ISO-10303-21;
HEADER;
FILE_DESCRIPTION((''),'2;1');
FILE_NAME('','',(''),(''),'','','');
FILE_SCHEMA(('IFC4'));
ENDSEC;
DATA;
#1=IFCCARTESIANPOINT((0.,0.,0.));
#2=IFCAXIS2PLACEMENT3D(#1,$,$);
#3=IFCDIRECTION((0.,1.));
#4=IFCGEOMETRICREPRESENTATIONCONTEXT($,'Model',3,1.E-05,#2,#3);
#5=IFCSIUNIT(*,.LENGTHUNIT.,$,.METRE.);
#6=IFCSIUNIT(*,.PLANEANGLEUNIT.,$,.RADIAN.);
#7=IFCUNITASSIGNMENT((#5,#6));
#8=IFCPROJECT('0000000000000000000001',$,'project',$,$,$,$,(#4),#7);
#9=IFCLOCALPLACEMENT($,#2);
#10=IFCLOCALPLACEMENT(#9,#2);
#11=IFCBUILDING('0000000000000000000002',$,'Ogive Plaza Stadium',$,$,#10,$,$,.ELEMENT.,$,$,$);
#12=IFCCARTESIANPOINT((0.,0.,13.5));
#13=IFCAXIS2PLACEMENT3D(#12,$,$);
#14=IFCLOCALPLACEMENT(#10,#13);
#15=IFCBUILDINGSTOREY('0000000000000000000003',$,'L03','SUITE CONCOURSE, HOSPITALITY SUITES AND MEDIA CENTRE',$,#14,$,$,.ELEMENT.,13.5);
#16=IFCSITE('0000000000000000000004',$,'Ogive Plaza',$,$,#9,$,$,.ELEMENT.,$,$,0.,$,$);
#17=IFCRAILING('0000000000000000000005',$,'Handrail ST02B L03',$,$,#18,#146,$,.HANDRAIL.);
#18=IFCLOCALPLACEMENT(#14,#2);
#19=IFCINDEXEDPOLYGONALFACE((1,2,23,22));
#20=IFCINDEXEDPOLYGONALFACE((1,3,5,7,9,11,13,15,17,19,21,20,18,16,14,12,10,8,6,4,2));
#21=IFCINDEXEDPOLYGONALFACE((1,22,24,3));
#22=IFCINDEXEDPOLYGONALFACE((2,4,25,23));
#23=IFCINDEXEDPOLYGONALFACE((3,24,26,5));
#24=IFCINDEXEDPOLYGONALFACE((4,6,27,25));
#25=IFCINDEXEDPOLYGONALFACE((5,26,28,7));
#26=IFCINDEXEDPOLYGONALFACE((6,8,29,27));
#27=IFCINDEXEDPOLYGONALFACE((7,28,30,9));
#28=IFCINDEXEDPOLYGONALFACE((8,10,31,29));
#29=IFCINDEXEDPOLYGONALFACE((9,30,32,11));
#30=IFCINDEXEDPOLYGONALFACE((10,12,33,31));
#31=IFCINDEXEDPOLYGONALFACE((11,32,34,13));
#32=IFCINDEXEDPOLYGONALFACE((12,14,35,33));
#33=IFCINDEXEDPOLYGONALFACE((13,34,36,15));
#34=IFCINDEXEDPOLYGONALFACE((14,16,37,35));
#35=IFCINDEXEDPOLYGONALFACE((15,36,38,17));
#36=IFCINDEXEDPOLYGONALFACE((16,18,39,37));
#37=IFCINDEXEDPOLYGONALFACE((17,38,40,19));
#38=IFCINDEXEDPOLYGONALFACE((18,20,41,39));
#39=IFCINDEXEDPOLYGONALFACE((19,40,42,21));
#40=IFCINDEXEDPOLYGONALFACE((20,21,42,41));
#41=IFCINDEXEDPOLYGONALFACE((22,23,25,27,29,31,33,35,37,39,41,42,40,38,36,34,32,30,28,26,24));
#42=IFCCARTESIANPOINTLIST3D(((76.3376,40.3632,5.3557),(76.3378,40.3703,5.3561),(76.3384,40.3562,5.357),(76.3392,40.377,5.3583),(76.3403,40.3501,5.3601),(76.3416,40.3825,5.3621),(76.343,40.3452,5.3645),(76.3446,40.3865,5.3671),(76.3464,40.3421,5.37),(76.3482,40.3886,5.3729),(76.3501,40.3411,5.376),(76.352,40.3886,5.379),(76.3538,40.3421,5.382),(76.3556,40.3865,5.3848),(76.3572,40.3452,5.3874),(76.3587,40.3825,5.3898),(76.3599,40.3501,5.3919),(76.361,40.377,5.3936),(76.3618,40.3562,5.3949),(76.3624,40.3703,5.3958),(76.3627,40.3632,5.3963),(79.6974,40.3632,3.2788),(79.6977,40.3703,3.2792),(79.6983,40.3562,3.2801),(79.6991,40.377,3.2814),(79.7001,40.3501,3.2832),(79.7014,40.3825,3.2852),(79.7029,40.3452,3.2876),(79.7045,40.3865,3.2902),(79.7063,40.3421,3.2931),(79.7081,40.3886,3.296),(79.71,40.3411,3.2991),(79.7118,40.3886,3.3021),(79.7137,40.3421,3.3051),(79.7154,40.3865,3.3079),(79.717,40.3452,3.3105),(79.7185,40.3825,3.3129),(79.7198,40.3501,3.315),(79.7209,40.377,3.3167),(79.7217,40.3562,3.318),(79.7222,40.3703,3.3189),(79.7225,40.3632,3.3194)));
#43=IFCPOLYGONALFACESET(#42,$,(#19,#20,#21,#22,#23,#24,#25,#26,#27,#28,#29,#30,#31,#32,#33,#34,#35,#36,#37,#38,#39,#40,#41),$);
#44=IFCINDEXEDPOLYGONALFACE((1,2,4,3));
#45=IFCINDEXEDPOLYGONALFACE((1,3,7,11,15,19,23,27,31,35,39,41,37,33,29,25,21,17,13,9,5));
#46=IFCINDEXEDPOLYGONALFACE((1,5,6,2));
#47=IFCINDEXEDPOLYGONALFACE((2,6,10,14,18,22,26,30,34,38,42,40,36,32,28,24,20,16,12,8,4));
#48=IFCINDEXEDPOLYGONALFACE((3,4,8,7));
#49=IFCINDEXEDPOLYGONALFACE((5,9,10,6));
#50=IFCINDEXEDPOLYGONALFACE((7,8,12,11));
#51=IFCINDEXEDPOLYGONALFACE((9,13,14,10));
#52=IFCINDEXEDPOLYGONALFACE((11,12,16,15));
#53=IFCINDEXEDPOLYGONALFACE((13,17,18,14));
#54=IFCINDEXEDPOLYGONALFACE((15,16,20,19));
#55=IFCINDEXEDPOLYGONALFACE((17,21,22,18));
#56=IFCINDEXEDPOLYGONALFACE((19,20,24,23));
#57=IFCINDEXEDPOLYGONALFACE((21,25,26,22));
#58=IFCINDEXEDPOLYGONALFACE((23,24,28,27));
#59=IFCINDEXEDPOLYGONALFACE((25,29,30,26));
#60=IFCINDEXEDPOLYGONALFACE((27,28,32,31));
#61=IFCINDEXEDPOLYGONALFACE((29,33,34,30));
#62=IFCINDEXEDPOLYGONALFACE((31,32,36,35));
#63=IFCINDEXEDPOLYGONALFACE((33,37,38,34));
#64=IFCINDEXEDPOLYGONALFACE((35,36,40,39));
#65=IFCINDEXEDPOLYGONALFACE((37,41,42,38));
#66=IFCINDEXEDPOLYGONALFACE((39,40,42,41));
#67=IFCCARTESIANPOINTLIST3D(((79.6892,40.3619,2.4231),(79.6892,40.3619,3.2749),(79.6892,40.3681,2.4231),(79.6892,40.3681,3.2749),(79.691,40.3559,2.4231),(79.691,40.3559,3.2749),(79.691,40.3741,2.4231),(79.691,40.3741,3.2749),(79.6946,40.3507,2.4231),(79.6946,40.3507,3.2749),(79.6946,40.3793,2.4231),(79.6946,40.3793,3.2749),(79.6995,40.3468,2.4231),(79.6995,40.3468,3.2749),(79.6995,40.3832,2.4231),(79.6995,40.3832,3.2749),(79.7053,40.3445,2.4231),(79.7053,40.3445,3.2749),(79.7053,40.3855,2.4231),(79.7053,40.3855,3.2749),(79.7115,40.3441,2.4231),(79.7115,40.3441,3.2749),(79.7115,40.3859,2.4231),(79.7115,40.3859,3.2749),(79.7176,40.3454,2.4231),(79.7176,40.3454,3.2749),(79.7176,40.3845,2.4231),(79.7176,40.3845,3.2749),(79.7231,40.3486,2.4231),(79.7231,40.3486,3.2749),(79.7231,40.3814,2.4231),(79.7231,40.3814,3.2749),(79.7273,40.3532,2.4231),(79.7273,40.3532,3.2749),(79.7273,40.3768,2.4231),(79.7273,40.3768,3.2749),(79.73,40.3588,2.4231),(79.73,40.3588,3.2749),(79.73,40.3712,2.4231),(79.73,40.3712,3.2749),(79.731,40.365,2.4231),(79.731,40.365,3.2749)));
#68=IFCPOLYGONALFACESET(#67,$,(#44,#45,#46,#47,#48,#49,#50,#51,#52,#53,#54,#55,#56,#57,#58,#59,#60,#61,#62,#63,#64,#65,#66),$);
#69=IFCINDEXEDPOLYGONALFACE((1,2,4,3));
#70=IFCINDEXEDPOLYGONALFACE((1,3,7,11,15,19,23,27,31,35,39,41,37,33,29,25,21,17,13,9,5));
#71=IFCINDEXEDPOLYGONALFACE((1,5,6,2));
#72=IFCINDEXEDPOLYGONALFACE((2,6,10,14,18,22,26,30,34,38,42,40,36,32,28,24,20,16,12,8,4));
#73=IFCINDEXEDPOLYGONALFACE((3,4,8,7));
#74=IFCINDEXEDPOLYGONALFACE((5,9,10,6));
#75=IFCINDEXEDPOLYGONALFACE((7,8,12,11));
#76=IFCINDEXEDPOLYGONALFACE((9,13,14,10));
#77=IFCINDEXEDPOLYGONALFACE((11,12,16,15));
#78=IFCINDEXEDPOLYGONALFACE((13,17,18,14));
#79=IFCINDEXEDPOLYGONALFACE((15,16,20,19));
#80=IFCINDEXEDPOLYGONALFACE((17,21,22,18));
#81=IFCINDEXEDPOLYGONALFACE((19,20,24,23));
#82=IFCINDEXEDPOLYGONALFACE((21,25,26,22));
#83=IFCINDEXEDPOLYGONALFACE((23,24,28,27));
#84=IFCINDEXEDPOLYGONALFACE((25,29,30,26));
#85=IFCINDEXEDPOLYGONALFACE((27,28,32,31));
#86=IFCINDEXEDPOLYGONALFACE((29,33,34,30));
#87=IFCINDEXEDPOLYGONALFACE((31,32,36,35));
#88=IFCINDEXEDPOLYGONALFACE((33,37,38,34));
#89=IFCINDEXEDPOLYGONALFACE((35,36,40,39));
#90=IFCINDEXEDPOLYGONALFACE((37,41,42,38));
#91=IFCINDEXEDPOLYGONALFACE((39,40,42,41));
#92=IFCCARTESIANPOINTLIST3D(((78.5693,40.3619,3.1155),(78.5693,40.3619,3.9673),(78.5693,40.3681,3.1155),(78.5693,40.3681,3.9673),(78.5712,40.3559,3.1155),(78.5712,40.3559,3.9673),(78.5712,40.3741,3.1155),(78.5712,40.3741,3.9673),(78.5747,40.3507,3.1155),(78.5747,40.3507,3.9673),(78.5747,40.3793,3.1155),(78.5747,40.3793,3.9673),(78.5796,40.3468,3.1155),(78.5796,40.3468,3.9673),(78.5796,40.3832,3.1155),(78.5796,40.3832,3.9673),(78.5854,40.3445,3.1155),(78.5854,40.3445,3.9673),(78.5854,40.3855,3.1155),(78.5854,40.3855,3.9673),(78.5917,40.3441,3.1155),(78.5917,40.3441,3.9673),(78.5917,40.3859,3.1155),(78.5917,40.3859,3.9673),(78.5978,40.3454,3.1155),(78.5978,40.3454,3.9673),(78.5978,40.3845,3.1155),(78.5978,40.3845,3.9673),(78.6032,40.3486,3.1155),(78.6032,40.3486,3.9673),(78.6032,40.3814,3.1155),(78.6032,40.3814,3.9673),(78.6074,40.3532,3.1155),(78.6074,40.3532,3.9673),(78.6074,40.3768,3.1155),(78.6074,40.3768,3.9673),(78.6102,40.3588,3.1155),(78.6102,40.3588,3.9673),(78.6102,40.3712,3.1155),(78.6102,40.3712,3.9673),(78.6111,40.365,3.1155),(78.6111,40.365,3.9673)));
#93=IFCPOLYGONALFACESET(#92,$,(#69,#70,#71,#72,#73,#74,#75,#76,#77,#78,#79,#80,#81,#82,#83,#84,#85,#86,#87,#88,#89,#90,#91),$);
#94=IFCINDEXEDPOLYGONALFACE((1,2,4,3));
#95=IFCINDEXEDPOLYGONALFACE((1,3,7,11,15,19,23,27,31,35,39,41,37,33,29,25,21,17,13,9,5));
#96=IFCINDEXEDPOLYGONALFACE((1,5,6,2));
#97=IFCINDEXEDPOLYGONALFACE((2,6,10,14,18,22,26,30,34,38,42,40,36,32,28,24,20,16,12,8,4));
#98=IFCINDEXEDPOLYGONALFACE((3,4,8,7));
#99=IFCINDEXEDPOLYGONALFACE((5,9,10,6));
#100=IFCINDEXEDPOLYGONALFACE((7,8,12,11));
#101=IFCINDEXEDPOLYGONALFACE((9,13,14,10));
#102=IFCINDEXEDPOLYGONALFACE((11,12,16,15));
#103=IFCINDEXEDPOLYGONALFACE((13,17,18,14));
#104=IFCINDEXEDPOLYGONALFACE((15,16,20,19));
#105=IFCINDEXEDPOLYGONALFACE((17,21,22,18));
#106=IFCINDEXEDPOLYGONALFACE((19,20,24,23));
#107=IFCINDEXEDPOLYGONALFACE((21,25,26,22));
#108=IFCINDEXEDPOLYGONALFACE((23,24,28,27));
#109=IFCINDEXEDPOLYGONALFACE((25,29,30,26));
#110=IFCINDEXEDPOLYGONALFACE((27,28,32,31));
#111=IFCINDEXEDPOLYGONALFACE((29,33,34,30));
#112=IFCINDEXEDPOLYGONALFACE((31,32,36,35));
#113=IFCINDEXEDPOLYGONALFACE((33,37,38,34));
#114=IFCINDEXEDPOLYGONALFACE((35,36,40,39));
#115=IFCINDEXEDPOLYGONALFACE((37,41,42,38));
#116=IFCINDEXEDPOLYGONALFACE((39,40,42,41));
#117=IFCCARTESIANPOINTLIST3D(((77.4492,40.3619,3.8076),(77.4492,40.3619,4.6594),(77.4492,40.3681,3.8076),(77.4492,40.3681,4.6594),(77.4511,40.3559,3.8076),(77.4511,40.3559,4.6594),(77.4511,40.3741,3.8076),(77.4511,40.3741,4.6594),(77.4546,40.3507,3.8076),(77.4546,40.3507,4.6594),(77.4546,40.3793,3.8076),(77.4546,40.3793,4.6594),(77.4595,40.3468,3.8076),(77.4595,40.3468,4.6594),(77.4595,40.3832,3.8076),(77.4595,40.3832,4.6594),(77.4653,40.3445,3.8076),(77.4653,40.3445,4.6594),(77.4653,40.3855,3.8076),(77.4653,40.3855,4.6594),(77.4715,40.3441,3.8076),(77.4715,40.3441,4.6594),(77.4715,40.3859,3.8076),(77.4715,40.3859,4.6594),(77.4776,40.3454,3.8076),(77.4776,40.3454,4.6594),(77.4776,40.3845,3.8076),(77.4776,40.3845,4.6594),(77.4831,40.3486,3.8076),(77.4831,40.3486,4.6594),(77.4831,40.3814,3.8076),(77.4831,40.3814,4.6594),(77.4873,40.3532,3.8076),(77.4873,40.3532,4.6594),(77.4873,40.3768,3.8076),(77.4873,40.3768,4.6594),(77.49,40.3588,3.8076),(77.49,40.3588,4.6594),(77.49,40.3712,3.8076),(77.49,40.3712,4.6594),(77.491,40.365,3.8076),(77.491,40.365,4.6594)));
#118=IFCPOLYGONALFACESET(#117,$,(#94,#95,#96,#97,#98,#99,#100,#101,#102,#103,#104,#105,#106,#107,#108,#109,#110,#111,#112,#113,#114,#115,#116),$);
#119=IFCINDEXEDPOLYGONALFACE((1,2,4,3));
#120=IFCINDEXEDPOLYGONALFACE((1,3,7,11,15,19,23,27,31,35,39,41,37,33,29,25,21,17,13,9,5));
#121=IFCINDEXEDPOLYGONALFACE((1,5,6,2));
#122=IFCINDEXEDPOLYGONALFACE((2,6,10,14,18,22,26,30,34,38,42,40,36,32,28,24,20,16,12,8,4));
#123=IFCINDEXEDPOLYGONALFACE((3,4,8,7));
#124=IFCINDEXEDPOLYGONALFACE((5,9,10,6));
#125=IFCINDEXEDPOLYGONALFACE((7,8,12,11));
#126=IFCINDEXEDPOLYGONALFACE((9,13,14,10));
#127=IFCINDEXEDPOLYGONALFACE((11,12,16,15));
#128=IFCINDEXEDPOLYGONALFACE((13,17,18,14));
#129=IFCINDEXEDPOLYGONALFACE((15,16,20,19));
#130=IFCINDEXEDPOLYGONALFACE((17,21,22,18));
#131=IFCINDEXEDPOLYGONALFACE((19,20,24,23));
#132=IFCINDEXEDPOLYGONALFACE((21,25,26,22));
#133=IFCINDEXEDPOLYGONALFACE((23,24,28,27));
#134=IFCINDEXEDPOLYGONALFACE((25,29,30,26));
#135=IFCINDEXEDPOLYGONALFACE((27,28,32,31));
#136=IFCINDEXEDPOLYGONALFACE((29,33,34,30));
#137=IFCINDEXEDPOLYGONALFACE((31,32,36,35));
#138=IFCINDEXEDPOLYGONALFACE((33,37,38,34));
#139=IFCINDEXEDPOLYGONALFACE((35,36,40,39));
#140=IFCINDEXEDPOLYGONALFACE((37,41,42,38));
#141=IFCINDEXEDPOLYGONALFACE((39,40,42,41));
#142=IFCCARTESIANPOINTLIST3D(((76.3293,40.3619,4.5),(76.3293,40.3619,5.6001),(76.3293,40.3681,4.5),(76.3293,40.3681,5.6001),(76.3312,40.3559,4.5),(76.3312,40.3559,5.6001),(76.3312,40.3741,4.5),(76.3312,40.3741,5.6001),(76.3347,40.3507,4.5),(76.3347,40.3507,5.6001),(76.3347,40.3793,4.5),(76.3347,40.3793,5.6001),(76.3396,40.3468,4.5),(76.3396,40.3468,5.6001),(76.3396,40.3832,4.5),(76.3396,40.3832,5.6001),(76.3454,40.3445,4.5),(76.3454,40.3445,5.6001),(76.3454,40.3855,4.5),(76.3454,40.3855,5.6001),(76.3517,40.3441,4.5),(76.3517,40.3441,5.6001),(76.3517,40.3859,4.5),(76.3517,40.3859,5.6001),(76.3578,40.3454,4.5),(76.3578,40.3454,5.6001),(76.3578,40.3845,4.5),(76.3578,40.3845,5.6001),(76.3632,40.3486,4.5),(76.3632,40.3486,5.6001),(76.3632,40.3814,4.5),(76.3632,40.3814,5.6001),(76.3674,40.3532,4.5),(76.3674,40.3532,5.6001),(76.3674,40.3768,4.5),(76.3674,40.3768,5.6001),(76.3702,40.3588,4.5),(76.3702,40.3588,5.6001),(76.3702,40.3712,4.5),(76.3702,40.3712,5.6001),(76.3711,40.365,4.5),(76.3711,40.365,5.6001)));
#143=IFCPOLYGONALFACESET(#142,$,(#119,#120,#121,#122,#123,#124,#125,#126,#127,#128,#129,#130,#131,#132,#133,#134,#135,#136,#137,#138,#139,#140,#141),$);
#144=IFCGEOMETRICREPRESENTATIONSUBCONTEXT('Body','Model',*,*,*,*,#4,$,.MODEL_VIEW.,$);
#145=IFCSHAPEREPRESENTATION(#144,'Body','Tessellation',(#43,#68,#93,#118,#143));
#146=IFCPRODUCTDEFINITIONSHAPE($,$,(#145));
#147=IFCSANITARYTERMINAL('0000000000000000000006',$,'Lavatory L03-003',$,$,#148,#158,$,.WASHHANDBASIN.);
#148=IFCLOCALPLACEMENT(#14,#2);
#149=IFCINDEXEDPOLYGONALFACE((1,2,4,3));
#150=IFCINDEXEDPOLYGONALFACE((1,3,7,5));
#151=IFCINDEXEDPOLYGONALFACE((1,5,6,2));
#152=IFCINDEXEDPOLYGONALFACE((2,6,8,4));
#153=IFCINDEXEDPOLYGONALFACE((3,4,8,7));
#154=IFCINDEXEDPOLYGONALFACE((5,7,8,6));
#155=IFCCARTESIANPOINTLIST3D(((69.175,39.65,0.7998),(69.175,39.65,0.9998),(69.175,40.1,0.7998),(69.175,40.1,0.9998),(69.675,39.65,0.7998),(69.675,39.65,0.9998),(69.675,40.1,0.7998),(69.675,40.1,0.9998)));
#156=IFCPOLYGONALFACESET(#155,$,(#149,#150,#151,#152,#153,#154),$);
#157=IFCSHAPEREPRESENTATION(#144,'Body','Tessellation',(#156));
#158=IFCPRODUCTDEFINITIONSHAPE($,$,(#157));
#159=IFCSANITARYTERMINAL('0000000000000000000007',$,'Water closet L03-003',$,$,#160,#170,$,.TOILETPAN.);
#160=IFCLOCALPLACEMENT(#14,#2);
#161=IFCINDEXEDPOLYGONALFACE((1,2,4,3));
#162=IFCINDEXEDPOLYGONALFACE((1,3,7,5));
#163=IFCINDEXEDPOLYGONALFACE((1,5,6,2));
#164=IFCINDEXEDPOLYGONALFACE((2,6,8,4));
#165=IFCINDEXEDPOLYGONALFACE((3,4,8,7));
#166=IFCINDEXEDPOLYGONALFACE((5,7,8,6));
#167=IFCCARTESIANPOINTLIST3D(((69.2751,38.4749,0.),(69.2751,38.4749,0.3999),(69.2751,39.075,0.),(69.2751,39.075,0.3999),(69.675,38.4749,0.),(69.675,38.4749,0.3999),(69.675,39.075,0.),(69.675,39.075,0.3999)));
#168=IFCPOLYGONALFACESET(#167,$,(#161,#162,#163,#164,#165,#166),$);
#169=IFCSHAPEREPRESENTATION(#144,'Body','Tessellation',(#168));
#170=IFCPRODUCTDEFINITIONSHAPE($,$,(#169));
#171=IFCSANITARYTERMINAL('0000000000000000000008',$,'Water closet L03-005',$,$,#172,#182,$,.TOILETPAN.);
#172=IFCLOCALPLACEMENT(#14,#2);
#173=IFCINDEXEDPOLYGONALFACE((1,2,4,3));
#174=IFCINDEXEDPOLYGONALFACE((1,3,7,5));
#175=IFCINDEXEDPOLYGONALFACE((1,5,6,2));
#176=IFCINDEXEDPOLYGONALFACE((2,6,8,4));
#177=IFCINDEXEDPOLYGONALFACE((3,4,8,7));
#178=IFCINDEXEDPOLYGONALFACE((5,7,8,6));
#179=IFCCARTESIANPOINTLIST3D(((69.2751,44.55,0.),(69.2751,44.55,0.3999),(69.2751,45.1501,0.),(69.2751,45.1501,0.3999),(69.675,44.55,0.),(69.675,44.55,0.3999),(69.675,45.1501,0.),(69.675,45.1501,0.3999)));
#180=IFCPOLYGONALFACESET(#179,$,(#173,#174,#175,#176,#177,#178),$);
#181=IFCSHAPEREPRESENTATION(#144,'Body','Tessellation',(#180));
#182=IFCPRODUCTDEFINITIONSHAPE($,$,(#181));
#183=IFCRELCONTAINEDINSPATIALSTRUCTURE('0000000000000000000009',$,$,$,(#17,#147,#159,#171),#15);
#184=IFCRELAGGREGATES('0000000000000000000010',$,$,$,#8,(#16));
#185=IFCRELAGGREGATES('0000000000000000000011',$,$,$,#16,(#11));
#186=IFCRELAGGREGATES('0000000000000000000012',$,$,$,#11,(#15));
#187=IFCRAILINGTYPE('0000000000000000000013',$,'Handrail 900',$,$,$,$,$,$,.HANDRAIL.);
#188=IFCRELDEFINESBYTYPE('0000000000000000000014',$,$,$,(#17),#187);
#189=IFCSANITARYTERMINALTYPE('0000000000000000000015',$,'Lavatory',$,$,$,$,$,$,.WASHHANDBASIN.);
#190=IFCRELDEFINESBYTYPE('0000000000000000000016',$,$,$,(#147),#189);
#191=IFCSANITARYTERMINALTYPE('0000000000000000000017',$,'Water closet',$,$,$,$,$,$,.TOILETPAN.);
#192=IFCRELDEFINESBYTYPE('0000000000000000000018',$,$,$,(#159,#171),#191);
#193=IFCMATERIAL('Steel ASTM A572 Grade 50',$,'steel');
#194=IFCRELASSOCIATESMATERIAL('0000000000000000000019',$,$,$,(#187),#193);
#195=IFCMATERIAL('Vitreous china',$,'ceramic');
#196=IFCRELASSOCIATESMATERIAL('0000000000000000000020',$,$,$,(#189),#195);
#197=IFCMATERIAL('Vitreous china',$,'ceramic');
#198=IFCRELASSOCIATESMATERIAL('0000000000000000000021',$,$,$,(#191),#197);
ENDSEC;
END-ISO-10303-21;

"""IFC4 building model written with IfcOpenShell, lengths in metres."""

from ifc_helpers import new_model, si_unit, direction, frame, origin, origin_2d, place, context, subcontext, project, spatial, rectangle, circle, extrude, material, type_object, element, save


model = new_model("IFC4")

# Units and contexts
model_context = context("Model", 3, precision=1e-05, world=origin(), true_north=direction((0.0, 1.0)))
body_context = subcontext(model_context, "Body", "Model", "MODEL_VIEW")
ifc_project = project(units=[si_unit("LENGTHUNIT", "METRE"), si_unit("PLANEANGLEUNIT", "RADIAN")], contexts=[model_context])

# Site, building, storey
site_placement = place(None, origin())
site = spatial("IfcSite", under=ifc_project, at=site_placement, Name="Ogive Plaza", CompositionType="ELEMENT", RefElevation=0.0)
building_placement = place(site_placement, origin())
building = spatial("IfcBuilding", under=site, at=building_placement, Name="Ogive Plaza Stadium", CompositionType="ELEMENT")
storey_placement = place(building_placement, frame((0.0, 0.0, 13.5)))
storey = spatial("IfcBuildingStorey", under=building, at=storey_placement, Name="L03", Description="SUITE CONCOURSE, HOSPITALITY SUITES AND MEDIA CENTRE", CompositionType="ELEMENT", Elevation=13.5)

# Railing
ifc_material_1 = material(Name="Steel ASTM A572 Grade 50", Category="steel")
railing_type_1 = type_object("IfcRailingType", Name="Handrail 900", PredefinedType="HANDRAIL", material=ifc_material_1)
railing_placement = place(storey_placement, frame((79.71, 40.365, 2.4231)))
element("IfcRailing", 1, at=railing_placement, inside=storey, type_object=railing_type_1, Name="Handrail ST02B L03", PredefinedType="HANDRAIL", context=body_context, shape_type="SweptSolid", body=[
    extrude(circle(Radius=0.0239, at=origin_2d()), frame((0.0, 0.0, 0.876), z_axis=(-0.850606, 0.0, 0.525803), x_axis=(0.0, -1.0, 0.0)), (0.0, 0.0, 1.0), 3.95),
    extrude(circle(Radius=0.021, at=origin_2d()), origin(), (0.0, 0.0, 1.0), 0.8518),
    extrude(circle(Radius=0.021, at=origin_2d()), frame((-1.1199, 0.0, 0.6924)), (0.0, 0.0, 1.0), 0.8518),
    extrude(circle(Radius=0.021, at=origin_2d()), frame((-2.24, 0.0, 1.3845)), (0.0, 0.0, 1.0), 0.8518),
    extrude(circle(Radius=0.021, at=origin_2d()), frame((-3.3599, 0.0, 2.0769)), (0.0, 0.0, 1.0), 1.1001),
])

# Sanitary terminals
ifc_material_2 = material(Name="Vitreous china", Category="ceramic")
sanitary_terminal_type_1 = type_object("IfcSanitaryTerminalType", Name="Lavatory", PredefinedType="WASHHANDBASIN", material=ifc_material_2)
sanitary_terminal_placement = place(storey_placement, frame((69.425, 39.875, 0.7998), z_axis=(0.0, 0.0, 1.0), x_axis=(-1.0, 0.0, 0.0)))
element("IfcSanitaryTerminal", 2, at=sanitary_terminal_placement, inside=storey, type_object=sanitary_terminal_type_1, Name="Lavatory L03-003", PredefinedType="WASHHANDBASIN", context=body_context, shape_type="SweptSolid", body=[
    extrude(rectangle(XDim=0.5, YDim=0.45, at=origin_2d()), origin(), (0.0, 0.0, 1.0), 0.2),
])
ifc_material_3 = material(Name="Vitreous china", Category="ceramic")
sanitary_terminal_type_2 = type_object("IfcSanitaryTerminalType", Name="Water closet", PredefinedType="TOILETPAN", material=ifc_material_3)
for number, where, z_axis, x_axis, name in (
    (3, (69.4751, 38.7749, 0.0), (0.0, 0.0, 1.0), (-1.0, 0.0, 0.0), "Water closet L03-003"),
    (4, (69.4751, 44.8501, 0.0), (0.0, 0.0, 1.0), (-1.0, 0.0, 0.0), "Water closet L03-005"),
):
    element("IfcSanitaryTerminal", number, at=place(storey_placement, frame(where, z_axis=z_axis, x_axis=x_axis)), inside=storey, type_object=sanitary_terminal_type_2, Name=name, PredefinedType="TOILETPAN", context=body_context, shape_type="SweptSolid", body=[
        extrude(rectangle(XDim=0.3999, YDim=0.6001, at=origin_2d()), origin(), (0.0, 0.0, 1.0), 0.3999),
    ])

save(model, "model.ifc")
